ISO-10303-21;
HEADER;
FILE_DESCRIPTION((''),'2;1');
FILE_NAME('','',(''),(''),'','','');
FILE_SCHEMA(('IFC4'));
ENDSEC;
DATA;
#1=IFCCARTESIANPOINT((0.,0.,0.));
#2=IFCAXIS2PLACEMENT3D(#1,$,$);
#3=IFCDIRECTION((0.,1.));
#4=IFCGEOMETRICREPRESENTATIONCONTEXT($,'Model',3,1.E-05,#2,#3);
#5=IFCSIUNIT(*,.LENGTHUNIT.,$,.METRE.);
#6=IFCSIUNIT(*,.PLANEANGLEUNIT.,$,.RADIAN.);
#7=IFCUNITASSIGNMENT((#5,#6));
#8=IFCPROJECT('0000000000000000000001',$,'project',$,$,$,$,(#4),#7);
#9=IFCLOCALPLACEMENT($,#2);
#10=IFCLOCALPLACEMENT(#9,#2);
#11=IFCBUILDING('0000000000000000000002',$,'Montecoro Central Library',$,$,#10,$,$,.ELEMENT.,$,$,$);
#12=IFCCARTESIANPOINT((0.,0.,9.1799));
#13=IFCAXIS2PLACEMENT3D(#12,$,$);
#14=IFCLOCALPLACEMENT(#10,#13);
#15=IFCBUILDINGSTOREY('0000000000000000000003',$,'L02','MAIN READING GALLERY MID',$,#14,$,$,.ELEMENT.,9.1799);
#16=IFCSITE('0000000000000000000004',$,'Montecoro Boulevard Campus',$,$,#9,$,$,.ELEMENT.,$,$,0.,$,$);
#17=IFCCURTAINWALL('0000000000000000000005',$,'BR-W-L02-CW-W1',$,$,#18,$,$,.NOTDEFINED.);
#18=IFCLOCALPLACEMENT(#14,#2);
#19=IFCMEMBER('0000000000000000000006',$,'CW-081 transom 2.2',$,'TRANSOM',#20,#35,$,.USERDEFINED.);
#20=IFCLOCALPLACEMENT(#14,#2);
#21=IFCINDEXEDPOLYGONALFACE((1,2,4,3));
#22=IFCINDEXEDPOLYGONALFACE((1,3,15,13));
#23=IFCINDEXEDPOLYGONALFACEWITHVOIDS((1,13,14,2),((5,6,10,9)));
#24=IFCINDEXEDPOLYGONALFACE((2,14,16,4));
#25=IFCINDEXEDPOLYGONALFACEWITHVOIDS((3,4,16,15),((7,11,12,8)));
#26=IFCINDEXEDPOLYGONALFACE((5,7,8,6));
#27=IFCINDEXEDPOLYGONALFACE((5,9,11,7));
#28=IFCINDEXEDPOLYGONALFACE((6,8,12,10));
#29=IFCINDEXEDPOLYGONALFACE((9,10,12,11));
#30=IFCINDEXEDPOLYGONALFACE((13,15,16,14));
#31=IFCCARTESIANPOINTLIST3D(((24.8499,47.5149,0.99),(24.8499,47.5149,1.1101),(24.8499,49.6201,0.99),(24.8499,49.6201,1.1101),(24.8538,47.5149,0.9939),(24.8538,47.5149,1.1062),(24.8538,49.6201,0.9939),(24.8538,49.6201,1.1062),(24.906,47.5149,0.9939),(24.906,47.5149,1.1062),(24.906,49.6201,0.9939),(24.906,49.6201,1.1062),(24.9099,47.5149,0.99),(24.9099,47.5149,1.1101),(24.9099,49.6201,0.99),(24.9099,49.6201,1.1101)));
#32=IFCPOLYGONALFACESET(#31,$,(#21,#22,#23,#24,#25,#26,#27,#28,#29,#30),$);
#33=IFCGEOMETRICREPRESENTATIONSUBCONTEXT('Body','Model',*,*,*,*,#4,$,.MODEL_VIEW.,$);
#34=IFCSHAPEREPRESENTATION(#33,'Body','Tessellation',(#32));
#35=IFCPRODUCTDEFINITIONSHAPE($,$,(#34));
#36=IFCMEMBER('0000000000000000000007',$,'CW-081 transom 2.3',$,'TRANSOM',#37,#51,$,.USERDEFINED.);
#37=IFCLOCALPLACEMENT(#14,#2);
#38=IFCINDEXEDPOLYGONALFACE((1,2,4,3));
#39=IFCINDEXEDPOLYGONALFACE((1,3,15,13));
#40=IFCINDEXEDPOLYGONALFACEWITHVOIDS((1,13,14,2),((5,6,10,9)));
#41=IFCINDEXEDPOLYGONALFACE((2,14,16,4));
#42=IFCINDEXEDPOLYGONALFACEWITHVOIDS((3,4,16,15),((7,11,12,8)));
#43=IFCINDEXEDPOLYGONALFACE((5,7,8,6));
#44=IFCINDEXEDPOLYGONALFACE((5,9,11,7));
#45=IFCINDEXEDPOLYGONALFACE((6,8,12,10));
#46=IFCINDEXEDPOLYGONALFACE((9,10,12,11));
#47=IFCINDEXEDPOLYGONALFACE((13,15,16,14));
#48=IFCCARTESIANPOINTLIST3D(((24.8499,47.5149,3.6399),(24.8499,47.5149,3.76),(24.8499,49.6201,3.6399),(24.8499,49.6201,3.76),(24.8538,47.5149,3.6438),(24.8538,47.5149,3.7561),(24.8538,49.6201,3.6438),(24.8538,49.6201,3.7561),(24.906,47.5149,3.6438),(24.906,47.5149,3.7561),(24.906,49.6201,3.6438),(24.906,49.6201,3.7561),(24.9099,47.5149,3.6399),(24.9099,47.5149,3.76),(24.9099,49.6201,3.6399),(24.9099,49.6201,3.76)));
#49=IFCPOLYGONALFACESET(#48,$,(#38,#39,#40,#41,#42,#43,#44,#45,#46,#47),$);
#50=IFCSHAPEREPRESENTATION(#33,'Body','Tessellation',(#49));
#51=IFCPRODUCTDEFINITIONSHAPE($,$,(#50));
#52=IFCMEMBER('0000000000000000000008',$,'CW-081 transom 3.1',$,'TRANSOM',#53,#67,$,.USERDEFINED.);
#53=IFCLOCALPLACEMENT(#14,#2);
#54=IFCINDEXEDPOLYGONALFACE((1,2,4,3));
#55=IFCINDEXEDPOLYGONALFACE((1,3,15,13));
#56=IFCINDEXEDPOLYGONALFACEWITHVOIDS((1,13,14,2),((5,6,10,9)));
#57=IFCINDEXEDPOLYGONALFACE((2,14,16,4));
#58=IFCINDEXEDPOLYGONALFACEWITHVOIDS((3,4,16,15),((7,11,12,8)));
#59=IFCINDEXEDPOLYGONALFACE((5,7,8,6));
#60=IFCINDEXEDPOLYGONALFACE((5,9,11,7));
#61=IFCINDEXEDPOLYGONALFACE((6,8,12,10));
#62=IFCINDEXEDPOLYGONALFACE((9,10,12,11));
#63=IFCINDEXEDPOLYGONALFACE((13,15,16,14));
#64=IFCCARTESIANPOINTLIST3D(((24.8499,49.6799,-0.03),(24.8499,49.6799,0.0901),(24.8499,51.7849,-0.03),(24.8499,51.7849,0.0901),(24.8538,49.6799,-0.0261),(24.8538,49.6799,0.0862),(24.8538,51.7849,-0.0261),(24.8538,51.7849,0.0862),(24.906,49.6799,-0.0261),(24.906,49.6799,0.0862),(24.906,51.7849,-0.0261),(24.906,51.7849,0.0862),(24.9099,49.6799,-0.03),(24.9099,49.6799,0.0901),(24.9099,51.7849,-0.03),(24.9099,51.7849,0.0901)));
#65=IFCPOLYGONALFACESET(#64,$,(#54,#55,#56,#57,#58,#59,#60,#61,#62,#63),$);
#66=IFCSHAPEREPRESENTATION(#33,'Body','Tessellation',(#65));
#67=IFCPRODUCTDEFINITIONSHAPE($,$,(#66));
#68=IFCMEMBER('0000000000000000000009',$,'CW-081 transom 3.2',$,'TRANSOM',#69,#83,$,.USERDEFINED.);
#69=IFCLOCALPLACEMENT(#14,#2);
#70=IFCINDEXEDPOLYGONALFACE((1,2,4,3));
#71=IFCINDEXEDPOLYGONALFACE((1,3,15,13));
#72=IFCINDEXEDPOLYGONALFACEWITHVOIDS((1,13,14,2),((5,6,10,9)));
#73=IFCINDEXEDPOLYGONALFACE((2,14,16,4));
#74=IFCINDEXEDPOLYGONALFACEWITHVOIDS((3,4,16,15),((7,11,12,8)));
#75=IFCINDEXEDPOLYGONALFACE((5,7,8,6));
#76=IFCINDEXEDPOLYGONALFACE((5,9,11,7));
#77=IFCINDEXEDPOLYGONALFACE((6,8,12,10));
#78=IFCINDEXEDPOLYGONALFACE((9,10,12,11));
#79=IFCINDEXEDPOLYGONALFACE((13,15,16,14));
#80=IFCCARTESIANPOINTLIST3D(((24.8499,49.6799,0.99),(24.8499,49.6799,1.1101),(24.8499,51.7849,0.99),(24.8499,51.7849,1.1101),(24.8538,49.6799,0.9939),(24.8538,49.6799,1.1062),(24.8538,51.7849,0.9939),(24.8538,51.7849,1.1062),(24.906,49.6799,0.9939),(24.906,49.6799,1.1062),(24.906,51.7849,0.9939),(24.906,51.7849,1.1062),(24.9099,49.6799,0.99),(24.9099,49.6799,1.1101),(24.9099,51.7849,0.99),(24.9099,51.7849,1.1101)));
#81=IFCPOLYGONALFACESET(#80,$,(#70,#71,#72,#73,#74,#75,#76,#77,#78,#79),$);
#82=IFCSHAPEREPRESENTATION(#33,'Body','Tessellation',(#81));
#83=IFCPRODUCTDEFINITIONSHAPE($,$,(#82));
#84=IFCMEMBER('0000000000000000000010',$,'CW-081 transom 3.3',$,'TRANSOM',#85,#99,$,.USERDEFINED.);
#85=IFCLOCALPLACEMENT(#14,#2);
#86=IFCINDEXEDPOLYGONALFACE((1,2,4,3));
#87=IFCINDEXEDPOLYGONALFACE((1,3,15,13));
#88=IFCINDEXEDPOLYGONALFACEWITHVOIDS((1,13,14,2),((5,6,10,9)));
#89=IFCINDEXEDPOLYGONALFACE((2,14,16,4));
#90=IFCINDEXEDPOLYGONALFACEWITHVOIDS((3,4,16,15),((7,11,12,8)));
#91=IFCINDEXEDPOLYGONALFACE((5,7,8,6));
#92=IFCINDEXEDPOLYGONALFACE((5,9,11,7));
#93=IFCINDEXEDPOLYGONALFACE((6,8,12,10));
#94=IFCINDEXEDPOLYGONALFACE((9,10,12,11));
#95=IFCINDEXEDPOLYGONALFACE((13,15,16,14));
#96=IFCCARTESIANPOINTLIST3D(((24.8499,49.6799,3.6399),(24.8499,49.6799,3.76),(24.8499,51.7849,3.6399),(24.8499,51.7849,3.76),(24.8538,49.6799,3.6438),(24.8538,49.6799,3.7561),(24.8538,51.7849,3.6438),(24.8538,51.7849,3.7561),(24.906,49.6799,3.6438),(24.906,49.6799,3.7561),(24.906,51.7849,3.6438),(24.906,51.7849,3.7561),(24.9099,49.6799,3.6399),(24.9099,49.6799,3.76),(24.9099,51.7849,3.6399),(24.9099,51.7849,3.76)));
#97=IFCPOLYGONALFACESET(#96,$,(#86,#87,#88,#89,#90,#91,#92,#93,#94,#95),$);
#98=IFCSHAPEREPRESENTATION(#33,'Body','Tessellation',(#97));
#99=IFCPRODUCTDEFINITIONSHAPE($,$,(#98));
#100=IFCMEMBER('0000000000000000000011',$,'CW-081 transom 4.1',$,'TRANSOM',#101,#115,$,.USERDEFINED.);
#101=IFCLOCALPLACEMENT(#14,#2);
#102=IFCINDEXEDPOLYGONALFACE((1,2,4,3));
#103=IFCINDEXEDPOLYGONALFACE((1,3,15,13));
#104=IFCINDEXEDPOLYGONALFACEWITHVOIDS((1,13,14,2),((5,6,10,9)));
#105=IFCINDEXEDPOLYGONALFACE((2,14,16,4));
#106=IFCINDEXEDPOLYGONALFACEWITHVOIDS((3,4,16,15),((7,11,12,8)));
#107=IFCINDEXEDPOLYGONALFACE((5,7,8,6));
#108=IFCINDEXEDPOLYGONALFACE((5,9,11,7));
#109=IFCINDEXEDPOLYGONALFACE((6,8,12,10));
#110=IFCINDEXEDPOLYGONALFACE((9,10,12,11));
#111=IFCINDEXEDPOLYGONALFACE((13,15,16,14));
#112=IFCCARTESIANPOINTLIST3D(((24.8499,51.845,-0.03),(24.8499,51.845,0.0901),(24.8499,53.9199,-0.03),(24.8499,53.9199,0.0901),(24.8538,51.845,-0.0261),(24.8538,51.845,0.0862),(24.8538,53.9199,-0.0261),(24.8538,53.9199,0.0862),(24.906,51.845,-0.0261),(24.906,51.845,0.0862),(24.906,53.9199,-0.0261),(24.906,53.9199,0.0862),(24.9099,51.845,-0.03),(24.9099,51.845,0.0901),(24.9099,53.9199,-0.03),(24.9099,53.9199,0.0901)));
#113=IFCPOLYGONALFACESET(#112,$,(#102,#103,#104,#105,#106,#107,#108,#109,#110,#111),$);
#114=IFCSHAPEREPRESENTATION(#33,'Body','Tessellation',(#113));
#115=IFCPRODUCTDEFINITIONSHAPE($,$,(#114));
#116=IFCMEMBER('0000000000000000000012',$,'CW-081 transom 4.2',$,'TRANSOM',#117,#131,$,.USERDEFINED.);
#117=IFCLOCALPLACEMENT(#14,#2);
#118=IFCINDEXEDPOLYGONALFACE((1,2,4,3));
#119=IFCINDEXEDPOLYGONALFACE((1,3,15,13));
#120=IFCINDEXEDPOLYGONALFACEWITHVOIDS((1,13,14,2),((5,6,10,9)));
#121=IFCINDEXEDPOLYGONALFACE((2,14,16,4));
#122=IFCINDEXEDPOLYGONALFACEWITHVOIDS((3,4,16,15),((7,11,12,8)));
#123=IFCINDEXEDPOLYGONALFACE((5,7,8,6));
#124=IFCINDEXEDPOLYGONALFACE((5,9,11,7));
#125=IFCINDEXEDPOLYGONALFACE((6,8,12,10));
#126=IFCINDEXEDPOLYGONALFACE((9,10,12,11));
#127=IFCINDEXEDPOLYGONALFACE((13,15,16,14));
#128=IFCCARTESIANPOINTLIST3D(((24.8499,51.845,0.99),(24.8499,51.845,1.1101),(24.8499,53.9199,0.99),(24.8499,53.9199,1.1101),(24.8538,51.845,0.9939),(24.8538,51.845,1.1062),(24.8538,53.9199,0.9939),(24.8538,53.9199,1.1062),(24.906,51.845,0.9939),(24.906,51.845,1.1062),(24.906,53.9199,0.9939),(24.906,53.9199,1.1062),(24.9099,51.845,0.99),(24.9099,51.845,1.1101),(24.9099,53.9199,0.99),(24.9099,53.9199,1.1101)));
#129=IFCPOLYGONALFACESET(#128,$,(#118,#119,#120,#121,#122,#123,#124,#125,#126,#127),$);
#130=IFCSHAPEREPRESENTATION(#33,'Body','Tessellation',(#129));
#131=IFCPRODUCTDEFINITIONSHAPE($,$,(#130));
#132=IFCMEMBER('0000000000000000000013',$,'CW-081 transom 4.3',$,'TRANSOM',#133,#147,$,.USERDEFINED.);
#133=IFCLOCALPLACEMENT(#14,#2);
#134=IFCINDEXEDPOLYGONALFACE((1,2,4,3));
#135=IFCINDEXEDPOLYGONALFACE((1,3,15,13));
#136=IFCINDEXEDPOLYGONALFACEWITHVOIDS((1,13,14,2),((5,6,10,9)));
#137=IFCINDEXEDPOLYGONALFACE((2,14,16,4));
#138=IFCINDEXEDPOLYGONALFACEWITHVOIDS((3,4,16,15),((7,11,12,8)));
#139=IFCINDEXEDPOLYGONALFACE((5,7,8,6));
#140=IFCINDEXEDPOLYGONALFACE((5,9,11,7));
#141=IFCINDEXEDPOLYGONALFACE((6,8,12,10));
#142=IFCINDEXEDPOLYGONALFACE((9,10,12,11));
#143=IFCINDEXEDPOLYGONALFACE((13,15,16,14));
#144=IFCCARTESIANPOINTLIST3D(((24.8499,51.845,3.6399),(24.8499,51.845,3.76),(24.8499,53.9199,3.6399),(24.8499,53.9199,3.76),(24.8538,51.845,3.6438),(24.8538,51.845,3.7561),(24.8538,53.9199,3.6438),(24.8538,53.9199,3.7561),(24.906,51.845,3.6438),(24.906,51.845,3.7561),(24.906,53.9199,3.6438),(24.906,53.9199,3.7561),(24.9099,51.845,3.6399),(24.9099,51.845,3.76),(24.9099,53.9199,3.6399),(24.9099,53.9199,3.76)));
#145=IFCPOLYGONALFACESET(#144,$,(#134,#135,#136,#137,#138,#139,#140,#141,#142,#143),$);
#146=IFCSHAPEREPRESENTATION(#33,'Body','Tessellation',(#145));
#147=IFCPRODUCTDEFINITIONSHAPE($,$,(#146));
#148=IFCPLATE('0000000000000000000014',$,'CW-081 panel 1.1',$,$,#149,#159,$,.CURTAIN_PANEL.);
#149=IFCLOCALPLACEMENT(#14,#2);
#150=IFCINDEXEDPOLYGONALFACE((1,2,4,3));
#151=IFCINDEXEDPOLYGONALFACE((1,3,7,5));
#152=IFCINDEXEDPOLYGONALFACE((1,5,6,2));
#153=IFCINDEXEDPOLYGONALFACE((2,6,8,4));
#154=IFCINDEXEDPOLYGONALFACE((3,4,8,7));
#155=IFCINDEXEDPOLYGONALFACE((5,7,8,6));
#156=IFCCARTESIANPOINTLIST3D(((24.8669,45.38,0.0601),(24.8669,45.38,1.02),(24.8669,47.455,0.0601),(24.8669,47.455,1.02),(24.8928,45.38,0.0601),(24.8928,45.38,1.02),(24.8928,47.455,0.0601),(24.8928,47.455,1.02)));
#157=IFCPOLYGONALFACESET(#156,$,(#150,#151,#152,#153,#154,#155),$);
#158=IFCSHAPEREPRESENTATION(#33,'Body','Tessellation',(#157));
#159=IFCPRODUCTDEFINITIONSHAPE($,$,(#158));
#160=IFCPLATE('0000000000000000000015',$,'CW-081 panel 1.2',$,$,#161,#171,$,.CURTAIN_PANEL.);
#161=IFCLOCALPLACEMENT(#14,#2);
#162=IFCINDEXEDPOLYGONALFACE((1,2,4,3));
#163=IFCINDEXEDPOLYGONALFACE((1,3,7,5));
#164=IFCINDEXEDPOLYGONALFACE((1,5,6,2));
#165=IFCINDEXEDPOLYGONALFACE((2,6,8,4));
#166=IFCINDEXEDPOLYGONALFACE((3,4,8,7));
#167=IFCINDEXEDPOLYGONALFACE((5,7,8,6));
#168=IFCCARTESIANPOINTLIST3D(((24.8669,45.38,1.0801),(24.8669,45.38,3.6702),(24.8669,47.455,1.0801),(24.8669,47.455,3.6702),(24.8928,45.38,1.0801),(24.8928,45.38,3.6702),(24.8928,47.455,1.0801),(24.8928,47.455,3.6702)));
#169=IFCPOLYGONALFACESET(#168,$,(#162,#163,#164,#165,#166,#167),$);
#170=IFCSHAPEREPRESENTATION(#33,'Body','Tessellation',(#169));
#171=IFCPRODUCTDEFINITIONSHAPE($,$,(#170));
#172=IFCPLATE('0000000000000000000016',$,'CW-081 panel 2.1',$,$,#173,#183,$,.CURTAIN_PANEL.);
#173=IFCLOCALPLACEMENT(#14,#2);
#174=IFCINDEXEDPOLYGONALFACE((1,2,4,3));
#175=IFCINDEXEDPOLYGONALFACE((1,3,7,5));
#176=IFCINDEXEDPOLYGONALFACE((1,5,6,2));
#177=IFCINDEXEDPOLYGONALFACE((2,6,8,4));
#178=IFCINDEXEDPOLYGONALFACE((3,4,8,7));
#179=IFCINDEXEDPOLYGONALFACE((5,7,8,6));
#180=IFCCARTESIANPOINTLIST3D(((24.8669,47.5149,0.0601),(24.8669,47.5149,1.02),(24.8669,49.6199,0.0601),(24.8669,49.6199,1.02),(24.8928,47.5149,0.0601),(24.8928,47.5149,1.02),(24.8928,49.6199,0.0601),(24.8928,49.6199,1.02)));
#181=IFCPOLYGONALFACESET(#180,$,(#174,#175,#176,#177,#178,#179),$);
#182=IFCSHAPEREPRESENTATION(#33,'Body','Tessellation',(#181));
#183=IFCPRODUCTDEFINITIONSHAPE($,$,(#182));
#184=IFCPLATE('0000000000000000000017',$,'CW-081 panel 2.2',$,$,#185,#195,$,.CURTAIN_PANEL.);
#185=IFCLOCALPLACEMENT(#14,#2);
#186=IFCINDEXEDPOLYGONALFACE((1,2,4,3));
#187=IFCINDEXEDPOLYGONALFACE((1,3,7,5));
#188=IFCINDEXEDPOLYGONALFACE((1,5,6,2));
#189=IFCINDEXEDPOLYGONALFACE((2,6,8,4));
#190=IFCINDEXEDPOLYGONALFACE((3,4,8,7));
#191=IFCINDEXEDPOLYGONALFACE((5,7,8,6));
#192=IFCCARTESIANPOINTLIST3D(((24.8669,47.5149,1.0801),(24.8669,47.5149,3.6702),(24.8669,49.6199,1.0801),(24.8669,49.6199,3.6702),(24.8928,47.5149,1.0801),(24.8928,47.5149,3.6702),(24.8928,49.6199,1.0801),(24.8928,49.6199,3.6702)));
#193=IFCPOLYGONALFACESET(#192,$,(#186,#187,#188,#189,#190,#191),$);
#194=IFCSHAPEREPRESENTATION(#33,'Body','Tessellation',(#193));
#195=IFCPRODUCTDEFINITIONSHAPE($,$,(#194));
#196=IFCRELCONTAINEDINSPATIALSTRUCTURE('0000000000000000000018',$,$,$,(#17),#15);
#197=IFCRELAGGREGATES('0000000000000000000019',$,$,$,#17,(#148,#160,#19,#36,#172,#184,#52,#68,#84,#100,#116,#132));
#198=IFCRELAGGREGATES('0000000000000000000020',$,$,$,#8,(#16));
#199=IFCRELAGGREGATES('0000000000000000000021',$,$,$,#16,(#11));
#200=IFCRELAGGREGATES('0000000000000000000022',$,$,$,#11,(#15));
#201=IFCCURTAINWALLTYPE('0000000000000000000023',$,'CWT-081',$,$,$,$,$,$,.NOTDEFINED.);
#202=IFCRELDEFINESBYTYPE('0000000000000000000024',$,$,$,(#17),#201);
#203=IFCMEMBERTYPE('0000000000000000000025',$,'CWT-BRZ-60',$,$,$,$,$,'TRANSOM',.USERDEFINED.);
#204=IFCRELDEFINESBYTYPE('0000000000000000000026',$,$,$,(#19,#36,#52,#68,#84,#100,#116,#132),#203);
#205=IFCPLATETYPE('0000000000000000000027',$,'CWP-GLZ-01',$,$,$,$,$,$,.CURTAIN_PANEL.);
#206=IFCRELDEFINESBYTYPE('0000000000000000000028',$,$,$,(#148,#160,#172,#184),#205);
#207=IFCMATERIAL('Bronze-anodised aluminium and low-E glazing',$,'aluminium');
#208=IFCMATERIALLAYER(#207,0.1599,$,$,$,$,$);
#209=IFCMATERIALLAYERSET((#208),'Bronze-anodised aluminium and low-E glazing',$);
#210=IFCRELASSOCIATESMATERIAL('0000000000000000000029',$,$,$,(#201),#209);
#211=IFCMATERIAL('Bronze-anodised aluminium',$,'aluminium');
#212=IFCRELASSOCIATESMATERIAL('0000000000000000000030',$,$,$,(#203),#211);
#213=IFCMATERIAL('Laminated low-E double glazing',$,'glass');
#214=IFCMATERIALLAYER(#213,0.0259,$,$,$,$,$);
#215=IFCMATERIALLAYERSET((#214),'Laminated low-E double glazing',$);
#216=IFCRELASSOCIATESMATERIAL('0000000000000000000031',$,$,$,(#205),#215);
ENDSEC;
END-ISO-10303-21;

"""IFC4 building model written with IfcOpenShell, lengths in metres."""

from ifc_helpers import new_model, si_unit, direction, frame, origin, origin_2d, place, context, subcontext, project, spatial, rectangle, hollow_rectangle, extrude, material, layer, layer_set, material_profile, profile_set, type_object, element, aggregate, save


model = new_model("IFC4")

# Units and contexts
model_context = context("Model", 3, precision=1e-05, world=origin(), true_north=direction((0.0, 1.0)))
body_context = subcontext(model_context, "Body", "Model", "MODEL_VIEW")
ifc_project = project(units=[si_unit("LENGTHUNIT", "METRE"), si_unit("PLANEANGLEUNIT", "RADIAN")], contexts=[model_context])

# Site, building, storey
site_placement = place(None, origin())
site = spatial("IfcSite", under=ifc_project, at=site_placement, Name="Montecoro Boulevard Campus", CompositionType="ELEMENT", RefElevation=0.0)
building_placement = place(site_placement, origin())
building = spatial("IfcBuilding", under=site, at=building_placement, Name="Montecoro Central Library", CompositionType="ELEMENT")
storey_placement = place(building_placement, frame((0.0, 0.0, 9.1799)))
storey = spatial("IfcBuildingStorey", under=building, at=storey_placement, Name="L02", Description="MAIN READING GALLERY MID", CompositionType="ELEMENT", Elevation=9.1799)

# Curtain wall, members, plates
ifc_material_1 = material(Name="Bronze-anodised aluminium and low-E glazing", Category="aluminium")
ifc_layer_1 = layer(ifc_material_1, 0.1599)
ifc_layer_set_1 = layer_set([ifc_layer_1], Name="Bronze-anodised aluminium and low-E glazing")
curtain_wall_type = type_object("IfcCurtainWallType", Name="CWT-081", PredefinedType="NOTDEFINED", material=ifc_layer_set_1)
curtain_wall_placement = place(storey_placement, origin())
curtain_wall = element("IfcCurtainWall", 1, at=curtain_wall_placement, inside=storey, type_object=curtain_wall_type, Name="BR-W-L02-CW-W1", PredefinedType="NOTDEFINED")
ifc_material_2 = material(Name="Bronze-anodised aluminium", Category="aluminium")
ifc_material_profile_1 = material_profile(ifc_material_2, hollow_rectangle(XDim=0.0601, YDim=0.1201, WallThickness=0.0039, at=origin_2d()), Name="CWT 120x60x4.0")
ifc_profile_set_1 = profile_set([ifc_material_profile_1], Name="Bronze-anodised aluminium")
member_type_1 = type_object("IfcMemberType", Name="CWT-BRZ-60", ElementType="TRANSOM", PredefinedType="USERDEFINED", material=ifc_profile_set_1)
member_1_placement = place(storey_placement, frame((24.8799, 47.5149, 1.05), z_axis=(0.0, 1.0, 0.0), x_axis=(-1.0, 0.0, 0.0)))
member_1 = element("IfcMember", 2, at=member_1_placement, type_object=member_type_1, Name="CW-081 transom 2.2", ObjectType="TRANSOM", PredefinedType="USERDEFINED", context=body_context, shape_type="SweptSolid", body=[
    extrude(hollow_rectangle(XDim=0.0601, YDim=0.1201, WallThickness=0.0039, at=origin_2d()), origin(), (0.0, 0.0, 1.0), 2.1052),
])
member_2_placement = place(storey_placement, frame((24.8799, 47.5149, 3.7), z_axis=(0.0, 1.0, 0.0), x_axis=(-1.0, 0.0, 0.0)))
member_2 = element("IfcMember", 3, at=member_2_placement, type_object=member_type_1, Name="CW-081 transom 2.3", ObjectType="TRANSOM", PredefinedType="USERDEFINED", context=body_context, shape_type="SweptSolid", body=[
    extrude(hollow_rectangle(XDim=0.0601, YDim=0.1201, WallThickness=0.0039, at=origin_2d()), origin(), (0.0, 0.0, 1.0), 2.1052),
])
member_3_placement = place(storey_placement, frame((24.8799, 49.6799, 0.03), z_axis=(0.0, 1.0, 0.0), x_axis=(-1.0, 0.0, 0.0)))
member_3 = element("IfcMember", 4, at=member_3_placement, type_object=member_type_1, Name="CW-081 transom 3.1", ObjectType="TRANSOM", PredefinedType="USERDEFINED", context=body_context, shape_type="SweptSolid", body=[
    extrude(hollow_rectangle(XDim=0.0601, YDim=0.1201, WallThickness=0.0039, at=origin_2d()), origin(), (0.0, 0.0, 1.0), 2.105),
])
member_4_placement = place(storey_placement, frame((24.8799, 49.6799, 1.05), z_axis=(0.0, 1.0, 0.0), x_axis=(-1.0, 0.0, 0.0)))
member_4 = element("IfcMember", 5, at=member_4_placement, type_object=member_type_1, Name="CW-081 transom 3.2", ObjectType="TRANSOM", PredefinedType="USERDEFINED", context=body_context, shape_type="SweptSolid", body=[
    extrude(hollow_rectangle(XDim=0.0601, YDim=0.1201, WallThickness=0.0039, at=origin_2d()), origin(), (0.0, 0.0, 1.0), 2.105),
])
member_5_placement = place(storey_placement, frame((24.8799, 49.6799, 3.7), z_axis=(0.0, 1.0, 0.0), x_axis=(-1.0, 0.0, 0.0)))
member_5 = element("IfcMember", 6, at=member_5_placement, type_object=member_type_1, Name="CW-081 transom 3.3", ObjectType="TRANSOM", PredefinedType="USERDEFINED", context=body_context, shape_type="SweptSolid", body=[
    extrude(hollow_rectangle(XDim=0.0601, YDim=0.1201, WallThickness=0.0039, at=origin_2d()), origin(), (0.0, 0.0, 1.0), 2.105),
])
member_6_placement = place(storey_placement, frame((24.8799, 51.845, 0.03), z_axis=(0.0, 1.0, 0.0), x_axis=(-1.0, 0.0, 0.0)))
member_6 = element("IfcMember", 7, at=member_6_placement, type_object=member_type_1, Name="CW-081 transom 4.1", ObjectType="TRANSOM", PredefinedType="USERDEFINED", context=body_context, shape_type="SweptSolid", body=[
    extrude(hollow_rectangle(XDim=0.0601, YDim=0.1201, WallThickness=0.0039, at=origin_2d()), origin(), (0.0, 0.0, 1.0), 2.075),
])
member_7_placement = place(storey_placement, frame((24.8799, 51.845, 1.05), z_axis=(0.0, 1.0, 0.0), x_axis=(-1.0, 0.0, 0.0)))
member_7 = element("IfcMember", 8, at=member_7_placement, type_object=member_type_1, Name="CW-081 transom 4.2", ObjectType="TRANSOM", PredefinedType="USERDEFINED", context=body_context, shape_type="SweptSolid", body=[
    extrude(hollow_rectangle(XDim=0.0601, YDim=0.1201, WallThickness=0.0039, at=origin_2d()), origin(), (0.0, 0.0, 1.0), 2.075),
])
member_8_placement = place(storey_placement, frame((24.8799, 51.845, 3.7), z_axis=(0.0, 1.0, 0.0), x_axis=(-1.0, 0.0, 0.0)))
member_8 = element("IfcMember", 9, at=member_8_placement, type_object=member_type_1, Name="CW-081 transom 4.3", ObjectType="TRANSOM", PredefinedType="USERDEFINED", context=body_context, shape_type="SweptSolid", body=[
    extrude(hollow_rectangle(XDim=0.0601, YDim=0.1201, WallThickness=0.0039, at=origin_2d()), origin(), (0.0, 0.0, 1.0), 2.075),
])
ifc_material_3 = material(Name="Laminated low-E double glazing", Category="glass")
ifc_layer_2 = layer(ifc_material_3, 0.0259)
ifc_layer_set_2 = layer_set([ifc_layer_2], Name="Laminated low-E double glazing")
plate_type_1 = type_object("IfcPlateType", Name="CWP-GLZ-01", PredefinedType="CURTAIN_PANEL", material=ifc_layer_set_2)
plate_1_placement = place(storey_placement, frame((24.8799, 46.4175, 0.0601), z_axis=(0.0, 0.0, 1.0), x_axis=(0.0, 1.0, 0.0)))
plate_1 = element("IfcPlate", 10, at=plate_1_placement, type_object=plate_type_1, Name="CW-081 panel 1.1", PredefinedType="CURTAIN_PANEL", context=body_context, shape_type="SweptSolid", body=[
    extrude(rectangle(XDim=2.075, YDim=0.0259, at=origin_2d()), origin(), (0.0, 0.0, 1.0), 0.96),
])
plate_2_placement = place(storey_placement, frame((24.8799, 46.4175, 1.0801), z_axis=(0.0, 0.0, 1.0), x_axis=(0.0, 1.0, 0.0)))
plate_2 = element("IfcPlate", 11, at=plate_2_placement, type_object=plate_type_1, Name="CW-081 panel 1.2", PredefinedType="CURTAIN_PANEL", context=body_context, shape_type="SweptSolid", body=[
    extrude(rectangle(XDim=2.075, YDim=0.0259, at=origin_2d()), origin(), (0.0, 0.0, 1.0), 2.5901),
])
plate_3_placement = place(storey_placement, frame((24.8799, 48.5674, 0.0601), z_axis=(0.0, 0.0, 1.0), x_axis=(0.0, 1.0, 0.0)))
plate_3 = element("IfcPlate", 12, at=plate_3_placement, type_object=plate_type_1, Name="CW-081 panel 2.1", PredefinedType="CURTAIN_PANEL", context=body_context, shape_type="SweptSolid", body=[
    extrude(rectangle(XDim=2.105, YDim=0.0259, at=origin_2d()), origin(), (0.0, 0.0, 1.0), 0.96),
])
plate_4_placement = place(storey_placement, frame((24.8799, 48.5674, 1.0801), z_axis=(0.0, 0.0, 1.0), x_axis=(0.0, 1.0, 0.0)))
plate_4 = element("IfcPlate", 13, at=plate_4_placement, type_object=plate_type_1, Name="CW-081 panel 2.2", PredefinedType="CURTAIN_PANEL", context=body_context, shape_type="SweptSolid", body=[
    extrude(rectangle(XDim=2.105, YDim=0.0259, at=origin_2d()), origin(), (0.0, 0.0, 1.0), 2.5901),
])
aggregate(curtain_wall, [plate_1, plate_2, member_1, member_2, plate_3, plate_4, member_3, member_4, member_5, member_6, member_7, member_8])

save(model, "model.ifc")
